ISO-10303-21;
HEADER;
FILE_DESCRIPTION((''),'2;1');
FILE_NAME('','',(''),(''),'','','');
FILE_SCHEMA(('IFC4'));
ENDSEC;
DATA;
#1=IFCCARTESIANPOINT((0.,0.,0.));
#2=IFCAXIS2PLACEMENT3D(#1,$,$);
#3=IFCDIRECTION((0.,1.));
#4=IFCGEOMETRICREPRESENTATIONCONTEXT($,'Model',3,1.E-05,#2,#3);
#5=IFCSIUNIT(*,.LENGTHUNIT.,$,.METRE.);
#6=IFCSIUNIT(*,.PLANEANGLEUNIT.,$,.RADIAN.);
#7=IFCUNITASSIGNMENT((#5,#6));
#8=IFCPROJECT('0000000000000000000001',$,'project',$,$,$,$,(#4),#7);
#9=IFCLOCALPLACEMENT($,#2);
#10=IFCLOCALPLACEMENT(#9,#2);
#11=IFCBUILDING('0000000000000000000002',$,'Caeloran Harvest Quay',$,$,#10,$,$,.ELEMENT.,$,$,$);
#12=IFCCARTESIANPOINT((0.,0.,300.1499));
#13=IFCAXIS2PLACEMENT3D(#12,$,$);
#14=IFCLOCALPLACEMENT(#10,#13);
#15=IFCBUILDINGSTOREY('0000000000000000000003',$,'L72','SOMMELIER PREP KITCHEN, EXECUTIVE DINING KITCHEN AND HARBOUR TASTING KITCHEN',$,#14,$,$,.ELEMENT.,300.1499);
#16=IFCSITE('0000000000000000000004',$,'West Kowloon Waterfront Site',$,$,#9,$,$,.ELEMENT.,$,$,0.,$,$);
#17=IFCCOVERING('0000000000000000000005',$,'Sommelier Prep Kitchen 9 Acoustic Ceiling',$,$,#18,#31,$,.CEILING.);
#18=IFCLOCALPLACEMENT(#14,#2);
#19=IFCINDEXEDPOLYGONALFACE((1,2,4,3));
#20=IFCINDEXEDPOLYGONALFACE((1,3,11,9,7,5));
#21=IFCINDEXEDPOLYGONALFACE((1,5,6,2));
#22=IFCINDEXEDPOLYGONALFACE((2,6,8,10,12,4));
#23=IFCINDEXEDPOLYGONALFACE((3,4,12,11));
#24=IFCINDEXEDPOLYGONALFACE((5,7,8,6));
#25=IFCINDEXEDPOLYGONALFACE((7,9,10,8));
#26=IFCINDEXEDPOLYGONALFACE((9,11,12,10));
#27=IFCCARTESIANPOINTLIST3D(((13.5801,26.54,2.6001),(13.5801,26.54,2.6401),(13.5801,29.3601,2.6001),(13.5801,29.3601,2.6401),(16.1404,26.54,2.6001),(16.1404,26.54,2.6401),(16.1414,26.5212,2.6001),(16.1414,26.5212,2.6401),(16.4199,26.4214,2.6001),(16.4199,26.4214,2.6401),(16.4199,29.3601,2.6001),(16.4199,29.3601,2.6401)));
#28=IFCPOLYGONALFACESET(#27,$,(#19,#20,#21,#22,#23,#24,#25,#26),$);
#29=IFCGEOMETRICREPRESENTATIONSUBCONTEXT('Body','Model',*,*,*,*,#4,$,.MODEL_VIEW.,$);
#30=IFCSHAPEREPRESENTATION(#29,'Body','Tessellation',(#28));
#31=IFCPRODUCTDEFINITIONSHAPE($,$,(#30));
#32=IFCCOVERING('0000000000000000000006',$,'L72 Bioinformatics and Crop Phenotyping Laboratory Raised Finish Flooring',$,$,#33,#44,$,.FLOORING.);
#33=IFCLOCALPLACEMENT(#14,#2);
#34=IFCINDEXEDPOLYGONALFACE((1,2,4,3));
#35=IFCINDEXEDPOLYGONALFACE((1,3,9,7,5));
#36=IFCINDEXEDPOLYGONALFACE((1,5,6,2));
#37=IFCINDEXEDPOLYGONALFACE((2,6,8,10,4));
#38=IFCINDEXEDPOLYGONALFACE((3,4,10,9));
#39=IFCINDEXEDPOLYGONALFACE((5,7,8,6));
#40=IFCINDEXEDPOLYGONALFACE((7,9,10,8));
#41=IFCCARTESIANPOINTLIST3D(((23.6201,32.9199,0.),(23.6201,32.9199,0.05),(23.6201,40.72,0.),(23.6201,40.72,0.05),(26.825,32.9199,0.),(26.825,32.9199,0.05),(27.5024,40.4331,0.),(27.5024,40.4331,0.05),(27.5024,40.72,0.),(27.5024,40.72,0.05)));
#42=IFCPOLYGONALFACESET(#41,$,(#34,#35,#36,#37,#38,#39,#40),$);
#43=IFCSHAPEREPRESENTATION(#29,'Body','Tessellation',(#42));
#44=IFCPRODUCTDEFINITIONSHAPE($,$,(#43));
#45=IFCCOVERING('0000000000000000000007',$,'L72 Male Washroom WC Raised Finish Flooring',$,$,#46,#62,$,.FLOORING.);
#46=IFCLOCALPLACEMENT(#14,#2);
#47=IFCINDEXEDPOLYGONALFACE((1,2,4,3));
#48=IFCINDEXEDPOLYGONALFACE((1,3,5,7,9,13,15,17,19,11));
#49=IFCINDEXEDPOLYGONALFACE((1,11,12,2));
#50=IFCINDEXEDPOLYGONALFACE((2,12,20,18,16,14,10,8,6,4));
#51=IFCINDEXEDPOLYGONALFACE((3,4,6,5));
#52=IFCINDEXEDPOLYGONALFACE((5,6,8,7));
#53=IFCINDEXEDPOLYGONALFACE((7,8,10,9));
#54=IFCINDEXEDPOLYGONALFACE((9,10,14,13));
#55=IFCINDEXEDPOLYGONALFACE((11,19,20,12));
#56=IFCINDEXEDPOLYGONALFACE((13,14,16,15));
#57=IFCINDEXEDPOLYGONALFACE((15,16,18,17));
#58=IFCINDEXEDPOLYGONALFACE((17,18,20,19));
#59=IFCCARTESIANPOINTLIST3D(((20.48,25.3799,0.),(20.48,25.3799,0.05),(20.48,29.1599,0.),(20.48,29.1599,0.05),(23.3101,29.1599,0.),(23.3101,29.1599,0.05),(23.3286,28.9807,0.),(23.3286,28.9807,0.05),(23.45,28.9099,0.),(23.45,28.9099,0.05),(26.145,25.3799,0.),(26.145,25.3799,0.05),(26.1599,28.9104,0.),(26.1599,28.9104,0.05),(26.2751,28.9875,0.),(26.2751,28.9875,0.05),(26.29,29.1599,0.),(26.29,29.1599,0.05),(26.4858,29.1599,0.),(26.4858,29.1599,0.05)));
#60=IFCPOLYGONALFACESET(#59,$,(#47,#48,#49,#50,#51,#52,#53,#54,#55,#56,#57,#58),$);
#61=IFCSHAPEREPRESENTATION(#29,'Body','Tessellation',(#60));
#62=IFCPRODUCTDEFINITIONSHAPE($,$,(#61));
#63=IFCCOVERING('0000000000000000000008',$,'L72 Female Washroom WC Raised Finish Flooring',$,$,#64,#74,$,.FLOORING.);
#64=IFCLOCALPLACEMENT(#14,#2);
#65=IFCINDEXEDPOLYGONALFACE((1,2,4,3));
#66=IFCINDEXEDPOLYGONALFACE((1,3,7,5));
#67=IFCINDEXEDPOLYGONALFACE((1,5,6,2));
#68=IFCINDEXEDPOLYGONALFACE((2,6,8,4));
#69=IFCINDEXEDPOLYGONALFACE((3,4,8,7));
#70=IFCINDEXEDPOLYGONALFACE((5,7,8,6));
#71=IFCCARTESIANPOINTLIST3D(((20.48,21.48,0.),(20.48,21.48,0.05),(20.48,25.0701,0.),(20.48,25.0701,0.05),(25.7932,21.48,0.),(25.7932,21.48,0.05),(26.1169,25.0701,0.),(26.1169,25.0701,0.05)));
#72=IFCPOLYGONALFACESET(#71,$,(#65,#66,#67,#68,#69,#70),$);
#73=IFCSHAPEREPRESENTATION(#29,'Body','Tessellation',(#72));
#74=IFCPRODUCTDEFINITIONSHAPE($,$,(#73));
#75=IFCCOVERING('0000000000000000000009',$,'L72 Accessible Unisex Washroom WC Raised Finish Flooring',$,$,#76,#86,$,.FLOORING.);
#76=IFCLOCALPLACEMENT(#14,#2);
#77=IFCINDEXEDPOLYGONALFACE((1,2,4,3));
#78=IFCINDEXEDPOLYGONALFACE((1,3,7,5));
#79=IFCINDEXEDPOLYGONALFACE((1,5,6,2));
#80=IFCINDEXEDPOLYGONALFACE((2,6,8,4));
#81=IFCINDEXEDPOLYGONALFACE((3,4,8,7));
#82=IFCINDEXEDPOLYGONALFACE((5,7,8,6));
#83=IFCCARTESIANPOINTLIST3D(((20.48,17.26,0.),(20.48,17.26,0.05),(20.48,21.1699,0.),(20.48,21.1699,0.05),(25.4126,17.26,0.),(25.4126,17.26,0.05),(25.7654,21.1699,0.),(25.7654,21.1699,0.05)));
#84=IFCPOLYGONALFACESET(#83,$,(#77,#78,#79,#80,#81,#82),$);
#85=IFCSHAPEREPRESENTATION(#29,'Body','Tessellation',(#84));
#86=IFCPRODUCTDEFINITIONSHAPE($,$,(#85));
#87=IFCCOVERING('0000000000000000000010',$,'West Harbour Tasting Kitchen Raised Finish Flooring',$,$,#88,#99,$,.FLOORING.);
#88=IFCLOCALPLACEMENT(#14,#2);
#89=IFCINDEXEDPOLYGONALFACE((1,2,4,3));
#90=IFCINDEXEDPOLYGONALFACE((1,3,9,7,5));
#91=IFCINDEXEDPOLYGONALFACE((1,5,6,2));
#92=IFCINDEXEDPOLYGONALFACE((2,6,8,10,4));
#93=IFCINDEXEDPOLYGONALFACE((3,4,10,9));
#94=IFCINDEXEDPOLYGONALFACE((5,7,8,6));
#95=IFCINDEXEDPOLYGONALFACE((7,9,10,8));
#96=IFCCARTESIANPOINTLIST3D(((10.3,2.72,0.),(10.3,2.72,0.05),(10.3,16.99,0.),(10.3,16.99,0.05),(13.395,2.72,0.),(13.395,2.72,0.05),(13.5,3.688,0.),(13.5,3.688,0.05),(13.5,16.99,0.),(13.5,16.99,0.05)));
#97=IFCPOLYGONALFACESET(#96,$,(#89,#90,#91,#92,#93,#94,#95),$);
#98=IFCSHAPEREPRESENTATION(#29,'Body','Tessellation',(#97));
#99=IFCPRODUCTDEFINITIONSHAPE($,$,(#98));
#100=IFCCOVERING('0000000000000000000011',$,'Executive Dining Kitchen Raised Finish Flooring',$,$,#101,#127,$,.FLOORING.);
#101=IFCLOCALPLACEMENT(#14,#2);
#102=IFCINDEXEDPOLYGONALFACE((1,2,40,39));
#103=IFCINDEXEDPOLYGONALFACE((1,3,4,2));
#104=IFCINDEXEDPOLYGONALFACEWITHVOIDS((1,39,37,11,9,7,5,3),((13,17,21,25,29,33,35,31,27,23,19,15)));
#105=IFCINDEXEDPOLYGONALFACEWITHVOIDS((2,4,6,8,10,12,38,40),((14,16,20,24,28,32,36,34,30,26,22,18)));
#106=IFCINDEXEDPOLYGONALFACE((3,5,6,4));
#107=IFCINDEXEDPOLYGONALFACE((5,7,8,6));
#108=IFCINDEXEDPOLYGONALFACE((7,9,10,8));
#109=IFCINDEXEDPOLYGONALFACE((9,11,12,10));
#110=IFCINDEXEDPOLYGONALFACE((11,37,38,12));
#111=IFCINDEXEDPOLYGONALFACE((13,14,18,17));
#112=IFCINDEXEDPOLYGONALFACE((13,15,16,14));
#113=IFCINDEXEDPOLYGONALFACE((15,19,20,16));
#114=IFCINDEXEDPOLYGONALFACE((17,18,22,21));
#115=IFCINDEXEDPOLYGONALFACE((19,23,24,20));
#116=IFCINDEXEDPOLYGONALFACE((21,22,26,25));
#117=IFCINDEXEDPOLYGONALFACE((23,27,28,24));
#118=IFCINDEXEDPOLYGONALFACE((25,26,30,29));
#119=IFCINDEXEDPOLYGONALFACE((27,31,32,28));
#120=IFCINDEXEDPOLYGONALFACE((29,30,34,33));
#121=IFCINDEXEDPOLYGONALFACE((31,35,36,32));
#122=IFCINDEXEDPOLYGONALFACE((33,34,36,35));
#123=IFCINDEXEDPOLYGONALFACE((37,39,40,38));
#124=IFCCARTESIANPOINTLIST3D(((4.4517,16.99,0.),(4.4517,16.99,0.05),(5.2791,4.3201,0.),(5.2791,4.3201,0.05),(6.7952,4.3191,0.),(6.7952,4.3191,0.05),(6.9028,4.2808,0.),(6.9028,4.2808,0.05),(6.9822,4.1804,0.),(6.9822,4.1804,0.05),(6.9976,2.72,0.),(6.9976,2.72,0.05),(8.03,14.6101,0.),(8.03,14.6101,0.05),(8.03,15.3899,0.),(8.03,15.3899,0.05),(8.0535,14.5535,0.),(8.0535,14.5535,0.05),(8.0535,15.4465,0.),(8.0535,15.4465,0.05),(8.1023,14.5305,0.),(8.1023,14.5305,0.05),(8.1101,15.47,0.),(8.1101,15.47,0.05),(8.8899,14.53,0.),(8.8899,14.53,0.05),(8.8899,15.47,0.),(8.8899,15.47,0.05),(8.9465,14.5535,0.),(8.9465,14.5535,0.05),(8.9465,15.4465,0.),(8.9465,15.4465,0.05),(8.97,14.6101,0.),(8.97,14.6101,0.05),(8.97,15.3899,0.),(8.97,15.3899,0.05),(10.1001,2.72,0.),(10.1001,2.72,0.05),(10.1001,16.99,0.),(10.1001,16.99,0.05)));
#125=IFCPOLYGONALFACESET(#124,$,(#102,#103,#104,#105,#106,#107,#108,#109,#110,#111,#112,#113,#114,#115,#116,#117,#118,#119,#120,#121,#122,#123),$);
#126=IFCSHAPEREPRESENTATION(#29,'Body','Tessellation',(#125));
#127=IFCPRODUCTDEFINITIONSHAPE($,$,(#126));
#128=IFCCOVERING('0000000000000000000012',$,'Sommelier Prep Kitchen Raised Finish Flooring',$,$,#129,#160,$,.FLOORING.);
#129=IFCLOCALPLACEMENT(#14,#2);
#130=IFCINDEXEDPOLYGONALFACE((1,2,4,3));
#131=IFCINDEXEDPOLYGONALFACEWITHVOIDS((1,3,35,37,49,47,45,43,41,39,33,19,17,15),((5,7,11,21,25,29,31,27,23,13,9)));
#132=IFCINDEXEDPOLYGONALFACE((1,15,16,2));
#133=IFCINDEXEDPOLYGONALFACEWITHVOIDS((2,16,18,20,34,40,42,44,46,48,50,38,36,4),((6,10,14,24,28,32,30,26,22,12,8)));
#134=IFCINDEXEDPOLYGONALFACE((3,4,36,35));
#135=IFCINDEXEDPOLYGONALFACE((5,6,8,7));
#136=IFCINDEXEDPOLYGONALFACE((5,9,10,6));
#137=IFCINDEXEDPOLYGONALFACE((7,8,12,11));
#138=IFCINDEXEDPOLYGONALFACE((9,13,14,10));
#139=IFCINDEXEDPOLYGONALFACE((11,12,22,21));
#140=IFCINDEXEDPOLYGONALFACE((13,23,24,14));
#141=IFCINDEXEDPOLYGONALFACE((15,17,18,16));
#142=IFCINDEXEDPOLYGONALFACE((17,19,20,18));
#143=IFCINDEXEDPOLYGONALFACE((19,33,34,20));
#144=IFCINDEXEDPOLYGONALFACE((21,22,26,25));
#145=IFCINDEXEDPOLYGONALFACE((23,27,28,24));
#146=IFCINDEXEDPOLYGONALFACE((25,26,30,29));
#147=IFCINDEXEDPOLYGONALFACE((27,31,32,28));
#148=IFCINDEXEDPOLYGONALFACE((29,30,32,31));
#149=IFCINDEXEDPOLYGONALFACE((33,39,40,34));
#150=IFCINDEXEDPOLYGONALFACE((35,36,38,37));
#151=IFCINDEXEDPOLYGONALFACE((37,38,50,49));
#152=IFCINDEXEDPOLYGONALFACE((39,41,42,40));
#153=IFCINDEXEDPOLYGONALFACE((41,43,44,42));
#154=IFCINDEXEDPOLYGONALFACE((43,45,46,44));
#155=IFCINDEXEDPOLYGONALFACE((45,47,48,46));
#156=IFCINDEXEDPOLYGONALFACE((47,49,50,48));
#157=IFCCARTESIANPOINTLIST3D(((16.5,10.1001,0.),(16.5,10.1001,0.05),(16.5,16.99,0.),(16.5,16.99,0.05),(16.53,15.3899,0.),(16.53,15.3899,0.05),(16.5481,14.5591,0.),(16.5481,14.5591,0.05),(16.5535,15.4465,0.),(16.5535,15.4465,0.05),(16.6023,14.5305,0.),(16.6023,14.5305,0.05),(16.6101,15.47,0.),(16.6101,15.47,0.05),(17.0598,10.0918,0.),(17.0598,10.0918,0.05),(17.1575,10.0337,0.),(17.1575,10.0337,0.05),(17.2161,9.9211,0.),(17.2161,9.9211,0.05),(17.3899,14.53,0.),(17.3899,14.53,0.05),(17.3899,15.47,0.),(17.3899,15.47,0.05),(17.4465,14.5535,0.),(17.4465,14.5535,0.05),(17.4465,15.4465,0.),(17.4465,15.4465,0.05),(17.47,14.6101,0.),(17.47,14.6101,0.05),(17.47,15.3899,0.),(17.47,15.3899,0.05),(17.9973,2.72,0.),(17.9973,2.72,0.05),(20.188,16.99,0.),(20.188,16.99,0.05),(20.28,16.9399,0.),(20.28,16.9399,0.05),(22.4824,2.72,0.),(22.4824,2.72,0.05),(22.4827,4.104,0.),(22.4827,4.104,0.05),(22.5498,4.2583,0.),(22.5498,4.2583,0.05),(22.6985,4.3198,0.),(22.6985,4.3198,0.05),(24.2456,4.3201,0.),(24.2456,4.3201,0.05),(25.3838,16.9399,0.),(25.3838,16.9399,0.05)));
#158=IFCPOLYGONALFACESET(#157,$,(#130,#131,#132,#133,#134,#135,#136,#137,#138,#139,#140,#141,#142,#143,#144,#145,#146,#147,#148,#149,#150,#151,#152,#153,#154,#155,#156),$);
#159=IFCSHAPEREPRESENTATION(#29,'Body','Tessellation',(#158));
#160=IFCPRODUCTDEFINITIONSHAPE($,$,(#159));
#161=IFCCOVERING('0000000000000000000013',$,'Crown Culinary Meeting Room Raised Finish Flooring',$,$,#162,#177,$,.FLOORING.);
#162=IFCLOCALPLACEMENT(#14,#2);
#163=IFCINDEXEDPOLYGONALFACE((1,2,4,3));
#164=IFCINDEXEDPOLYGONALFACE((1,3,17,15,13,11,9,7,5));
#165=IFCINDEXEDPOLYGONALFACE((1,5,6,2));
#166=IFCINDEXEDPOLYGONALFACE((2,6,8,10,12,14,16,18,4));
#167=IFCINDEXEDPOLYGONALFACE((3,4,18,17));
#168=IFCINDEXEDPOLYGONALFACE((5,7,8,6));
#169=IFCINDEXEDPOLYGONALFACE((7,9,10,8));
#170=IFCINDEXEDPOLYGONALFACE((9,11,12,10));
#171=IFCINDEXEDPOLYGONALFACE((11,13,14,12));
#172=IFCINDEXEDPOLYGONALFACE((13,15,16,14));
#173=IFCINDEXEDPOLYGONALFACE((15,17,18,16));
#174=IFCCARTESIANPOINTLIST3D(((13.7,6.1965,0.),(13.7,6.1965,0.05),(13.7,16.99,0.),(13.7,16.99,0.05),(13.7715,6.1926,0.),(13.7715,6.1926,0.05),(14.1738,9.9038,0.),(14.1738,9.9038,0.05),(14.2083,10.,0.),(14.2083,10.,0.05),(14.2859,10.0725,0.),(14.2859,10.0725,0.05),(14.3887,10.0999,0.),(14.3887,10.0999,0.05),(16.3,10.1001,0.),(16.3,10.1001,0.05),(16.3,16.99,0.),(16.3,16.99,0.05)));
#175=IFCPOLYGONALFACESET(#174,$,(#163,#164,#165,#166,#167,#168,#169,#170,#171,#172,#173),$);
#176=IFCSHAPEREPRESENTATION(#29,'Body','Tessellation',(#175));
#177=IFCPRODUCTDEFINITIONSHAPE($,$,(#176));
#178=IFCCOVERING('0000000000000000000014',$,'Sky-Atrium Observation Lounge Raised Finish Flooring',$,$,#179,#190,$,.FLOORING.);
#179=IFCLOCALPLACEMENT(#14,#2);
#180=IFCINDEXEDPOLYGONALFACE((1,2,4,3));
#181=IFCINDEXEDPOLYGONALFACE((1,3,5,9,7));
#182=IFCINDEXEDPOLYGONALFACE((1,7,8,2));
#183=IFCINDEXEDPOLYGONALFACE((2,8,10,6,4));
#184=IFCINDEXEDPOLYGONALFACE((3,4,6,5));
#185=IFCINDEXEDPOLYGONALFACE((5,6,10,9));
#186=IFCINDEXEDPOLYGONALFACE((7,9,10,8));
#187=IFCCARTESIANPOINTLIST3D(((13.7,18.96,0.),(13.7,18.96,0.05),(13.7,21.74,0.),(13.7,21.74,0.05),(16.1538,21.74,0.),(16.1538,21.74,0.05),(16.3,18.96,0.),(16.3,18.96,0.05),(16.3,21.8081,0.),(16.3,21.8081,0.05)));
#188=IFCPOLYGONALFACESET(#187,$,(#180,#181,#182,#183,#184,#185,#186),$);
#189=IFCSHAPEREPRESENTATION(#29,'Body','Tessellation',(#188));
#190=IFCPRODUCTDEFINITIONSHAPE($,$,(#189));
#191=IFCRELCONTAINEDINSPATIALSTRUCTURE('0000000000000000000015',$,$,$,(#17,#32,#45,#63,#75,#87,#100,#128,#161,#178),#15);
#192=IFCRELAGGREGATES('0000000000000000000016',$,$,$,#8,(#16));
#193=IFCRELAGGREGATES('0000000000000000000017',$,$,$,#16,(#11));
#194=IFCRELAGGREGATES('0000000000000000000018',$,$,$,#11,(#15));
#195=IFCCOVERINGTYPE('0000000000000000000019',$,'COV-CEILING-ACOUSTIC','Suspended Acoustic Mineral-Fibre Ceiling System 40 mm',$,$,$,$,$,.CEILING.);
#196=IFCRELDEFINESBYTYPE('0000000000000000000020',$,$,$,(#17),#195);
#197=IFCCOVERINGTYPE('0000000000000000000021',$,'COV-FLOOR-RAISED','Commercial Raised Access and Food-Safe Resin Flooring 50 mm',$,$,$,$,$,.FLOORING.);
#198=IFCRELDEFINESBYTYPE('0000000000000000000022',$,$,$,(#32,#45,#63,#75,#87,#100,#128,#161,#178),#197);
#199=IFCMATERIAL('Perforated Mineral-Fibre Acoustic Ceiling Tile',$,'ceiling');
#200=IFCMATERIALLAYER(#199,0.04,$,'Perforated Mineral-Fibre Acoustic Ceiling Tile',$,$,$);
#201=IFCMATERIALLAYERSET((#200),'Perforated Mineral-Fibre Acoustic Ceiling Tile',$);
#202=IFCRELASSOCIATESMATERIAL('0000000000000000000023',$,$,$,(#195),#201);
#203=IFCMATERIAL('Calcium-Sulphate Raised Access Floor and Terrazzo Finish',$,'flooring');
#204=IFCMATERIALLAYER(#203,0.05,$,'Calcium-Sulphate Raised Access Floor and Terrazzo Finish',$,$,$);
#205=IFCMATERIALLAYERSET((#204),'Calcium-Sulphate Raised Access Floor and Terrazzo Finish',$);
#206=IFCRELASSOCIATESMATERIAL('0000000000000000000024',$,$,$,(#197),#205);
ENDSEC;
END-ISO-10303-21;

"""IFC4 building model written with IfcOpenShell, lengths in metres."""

from ifc_helpers import new_model, si_unit, direction, frame, origin, place, context, subcontext, project, spatial, polyline, outline, extrude, material, layer, layer_set, type_object, element, save


model = new_model("IFC4")

# Units and contexts
model_context = context("Model", 3, precision=1e-05, world=origin(), true_north=direction((0.0, 1.0)))
body_context = subcontext(model_context, "Body", "Model", "MODEL_VIEW")
ifc_project = project(units=[si_unit("LENGTHUNIT", "METRE"), si_unit("PLANEANGLEUNIT", "RADIAN")], contexts=[model_context])

# Site, building, storey
site_placement = place(None, origin())
site = spatial("IfcSite", under=ifc_project, at=site_placement, Name="West Kowloon Waterfront Site", CompositionType="ELEMENT", RefElevation=0.0)
building_placement = place(site_placement, origin())
building = spatial("IfcBuilding", under=site, at=building_placement, Name="Caeloran Harvest Quay", CompositionType="ELEMENT")
storey_placement = place(building_placement, frame((0.0, 0.0, 300.1499)))
storey = spatial("IfcBuildingStorey", under=building, at=storey_placement, Name="L72", Description="SOMMELIER PREP KITCHEN, EXECUTIVE DINING KITCHEN AND HARBOUR TASTING KITCHEN", CompositionType="ELEMENT", Elevation=300.1499)

# Coverings
ifc_material_1 = material(Name="Perforated Mineral-Fibre Acoustic Ceiling Tile", Category="ceiling")
ifc_layer_1 = layer(ifc_material_1, 0.04, Name="Perforated Mineral-Fibre Acoustic Ceiling Tile")
ifc_layer_set_1 = layer_set([ifc_layer_1], Name="Perforated Mineral-Fibre Acoustic Ceiling Tile")
covering_type_1 = type_object("IfcCoveringType", Name="COV-CEILING-ACOUSTIC", Description="Suspended Acoustic Mineral-Fibre Ceiling System 40 mm", PredefinedType="CEILING", material=ifc_layer_set_1)
covering_1_placement = place(storey_placement, frame((0.0, 0.0, 2.6001)))
element("IfcCovering", 1, at=covering_1_placement, inside=storey, type_object=covering_type_1, Name="Sommelier Prep Kitchen 9 Acoustic Ceiling", PredefinedType="CEILING", context=body_context, shape_type="SweptSolid", body=[
    extrude(outline(polyline([(16.1404, 26.54), (13.5801, 26.54), (13.5801, 29.3601), (16.4199, 29.3601), (16.4199, 26.4214), (16.1414, 26.5212), (16.1404, 26.54)])), origin(), (0.0, 0.0, 1.0), 0.04),
])
ifc_material_2 = material(Name="Calcium-Sulphate Raised Access Floor and Terrazzo Finish", Category="flooring")
ifc_layer_2 = layer(ifc_material_2, 0.05, Name="Calcium-Sulphate Raised Access Floor and Terrazzo Finish")
ifc_layer_set_2 = layer_set([ifc_layer_2], Name="Calcium-Sulphate Raised Access Floor and Terrazzo Finish")
covering_type_2 = type_object("IfcCoveringType", Name="COV-FLOOR-RAISED", Description="Commercial Raised Access and Food-Safe Resin Flooring 50 mm", PredefinedType="FLOORING", material=ifc_layer_set_2)
covering_2_placement = place(storey_placement, origin())
element("IfcCovering", 2, at=covering_2_placement, inside=storey, type_object=covering_type_2, Name="L72 Bioinformatics and Crop Phenotyping Laboratory Raised Finish Flooring", PredefinedType="FLOORING", context=body_context, shape_type="SweptSolid", body=[
    extrude(outline(polyline([(27.5024, 40.4331), (26.825, 32.9199), (23.6201, 32.9199), (23.6201, 40.72), (27.5024, 40.72), (27.5024, 40.4331)])), origin(), (0.0, 0.0, 1.0), 0.05),
])
covering_3_placement = place(storey_placement, origin())
element("IfcCovering", 3, at=covering_3_placement, inside=storey, type_object=covering_type_2, Name="L72 Male Washroom WC Raised Finish Flooring", PredefinedType="FLOORING", context=body_context, shape_type="SweptSolid", body=[
    extrude(outline(polyline([(23.3101, 29.1599), (23.3286, 28.9807), (23.45, 28.9099), (26.1599, 28.9104), (26.2751, 28.9875), (26.29, 29.1599), (26.4858, 29.1599), (26.145, 25.3799), (20.48, 25.3799), (20.48, 29.1599), (23.3101, 29.1599)])), origin(), (0.0, 0.0, 1.0), 0.05),
])
covering_4_placement = place(storey_placement, origin())
element("IfcCovering", 4, at=covering_4_placement, inside=storey, type_object=covering_type_2, Name="L72 Female Washroom WC Raised Finish Flooring", PredefinedType="FLOORING", context=body_context, shape_type="SweptSolid", body=[
    extrude(outline(polyline([(26.1169, 25.0701), (25.7932, 21.48), (20.48, 21.48), (20.48, 25.0701), (26.1169, 25.0701)])), origin(), (0.0, 0.0, 1.0), 0.05),
])
covering_5_placement = place(storey_placement, origin())
element("IfcCovering", 5, at=covering_5_placement, inside=storey, type_object=covering_type_2, Name="L72 Accessible Unisex Washroom WC Raised Finish Flooring", PredefinedType="FLOORING", context=body_context, shape_type="SweptSolid", body=[
    extrude(outline(polyline([(25.7654, 21.1699), (25.4126, 17.26), (20.48, 17.26), (20.48, 21.1699), (25.7654, 21.1699)])), origin(), (0.0, 0.0, 1.0), 0.05),
])
covering_6_placement = place(storey_placement, origin())
element("IfcCovering", 6, at=covering_6_placement, inside=storey, type_object=covering_type_2, Name="West Harbour Tasting Kitchen Raised Finish Flooring", PredefinedType="FLOORING", context=body_context, shape_type="SweptSolid", body=[
    extrude(outline(polyline([(10.3, 2.72), (10.3, 16.99), (13.5, 16.99), (13.5, 3.688), (13.395, 2.72), (10.3, 2.72)])), origin(), (0.0, 0.0, 1.0), 0.05),
])
covering_7_placement = place(storey_placement, origin())
element("IfcCovering", 7, at=covering_7_placement, inside=storey, type_object=covering_type_2, Name="Executive Dining Kitchen Raised Finish Flooring", PredefinedType="FLOORING", context=body_context, shape_type="SweptSolid", body=[
    extrude(outline(polyline([(6.9822, 4.1804), (6.9028, 4.2808), (6.7952, 4.3191), (5.2791, 4.3201), (4.4517, 16.99), (10.1001, 16.99), (10.1001, 2.72), (6.9976, 2.72), (6.9822, 4.1804)]), holes=[polyline([(8.03, 14.6101), (8.0535, 14.5535), (8.1023, 14.5305), (8.8899, 14.53), (8.9465, 14.5535), (8.97, 14.6101), (8.97, 15.3899), (8.9465, 15.4465), (8.8899, 15.47), (8.1101, 15.47), (8.0535, 15.4465), (8.03, 15.3899), (8.03, 14.6101)])]), origin(), (0.0, 0.0, 1.0), 0.05),
])
covering_8_placement = place(storey_placement, origin())
element("IfcCovering", 8, at=covering_8_placement, inside=storey, type_object=covering_type_2, Name="Sommelier Prep Kitchen Raised Finish Flooring", PredefinedType="FLOORING", context=body_context, shape_type="SweptSolid", body=[
    extrude(outline(polyline([(20.188, 16.99), (20.28, 16.9399), (25.3838, 16.9399), (24.2456, 4.3201), (22.6985, 4.3198), (22.5498, 4.2583), (22.4827, 4.104), (22.4824, 2.72), (17.9973, 2.72), (17.2161, 9.9211), (17.1575, 10.0337), (17.0598, 10.0918), (16.5, 10.1001), (16.5, 16.99), (20.188, 16.99)]), holes=[polyline([(16.53, 15.3899), (16.5481, 14.5591), (16.6023, 14.5305), (17.3899, 14.53), (17.4465, 14.5535), (17.47, 14.6101), (17.47, 15.3899), (17.4465, 15.4465), (17.3899, 15.47), (16.6101, 15.47), (16.5535, 15.4465), (16.53, 15.3899)])]), origin(), (0.0, 0.0, 1.0), 0.05),
])
covering_9_placement = place(storey_placement, origin())
element("IfcCovering", 9, at=covering_9_placement, inside=storey, type_object=covering_type_2, Name="Crown Culinary Meeting Room Raised Finish Flooring", PredefinedType="FLOORING", context=body_context, shape_type="SweptSolid", body=[
    extrude(outline(polyline([(16.3, 16.99), (16.3, 10.1001), (14.3887, 10.0999), (14.2859, 10.0725), (14.2083, 10.0), (14.1738, 9.9038), (13.7715, 6.1926), (13.7, 6.1965), (13.7, 16.99), (16.3, 16.99)])), origin(), (0.0, 0.0, 1.0), 0.05),
])
covering_10_placement = place(storey_placement, origin())
element("IfcCovering", 10, at=covering_10_placement, inside=storey, type_object=covering_type_2, Name="Sky-Atrium Observation Lounge Raised Finish Flooring", PredefinedType="FLOORING", context=body_context, shape_type="SweptSolid", body=[
    extrude(outline(polyline([(13.7, 18.96), (13.7, 21.74), (16.1538, 21.74), (16.3, 21.8081), (16.3, 18.96), (13.7, 18.96)])), origin(), (0.0, 0.0, 1.0), 0.05),
])

save(model, "model.ifc")
